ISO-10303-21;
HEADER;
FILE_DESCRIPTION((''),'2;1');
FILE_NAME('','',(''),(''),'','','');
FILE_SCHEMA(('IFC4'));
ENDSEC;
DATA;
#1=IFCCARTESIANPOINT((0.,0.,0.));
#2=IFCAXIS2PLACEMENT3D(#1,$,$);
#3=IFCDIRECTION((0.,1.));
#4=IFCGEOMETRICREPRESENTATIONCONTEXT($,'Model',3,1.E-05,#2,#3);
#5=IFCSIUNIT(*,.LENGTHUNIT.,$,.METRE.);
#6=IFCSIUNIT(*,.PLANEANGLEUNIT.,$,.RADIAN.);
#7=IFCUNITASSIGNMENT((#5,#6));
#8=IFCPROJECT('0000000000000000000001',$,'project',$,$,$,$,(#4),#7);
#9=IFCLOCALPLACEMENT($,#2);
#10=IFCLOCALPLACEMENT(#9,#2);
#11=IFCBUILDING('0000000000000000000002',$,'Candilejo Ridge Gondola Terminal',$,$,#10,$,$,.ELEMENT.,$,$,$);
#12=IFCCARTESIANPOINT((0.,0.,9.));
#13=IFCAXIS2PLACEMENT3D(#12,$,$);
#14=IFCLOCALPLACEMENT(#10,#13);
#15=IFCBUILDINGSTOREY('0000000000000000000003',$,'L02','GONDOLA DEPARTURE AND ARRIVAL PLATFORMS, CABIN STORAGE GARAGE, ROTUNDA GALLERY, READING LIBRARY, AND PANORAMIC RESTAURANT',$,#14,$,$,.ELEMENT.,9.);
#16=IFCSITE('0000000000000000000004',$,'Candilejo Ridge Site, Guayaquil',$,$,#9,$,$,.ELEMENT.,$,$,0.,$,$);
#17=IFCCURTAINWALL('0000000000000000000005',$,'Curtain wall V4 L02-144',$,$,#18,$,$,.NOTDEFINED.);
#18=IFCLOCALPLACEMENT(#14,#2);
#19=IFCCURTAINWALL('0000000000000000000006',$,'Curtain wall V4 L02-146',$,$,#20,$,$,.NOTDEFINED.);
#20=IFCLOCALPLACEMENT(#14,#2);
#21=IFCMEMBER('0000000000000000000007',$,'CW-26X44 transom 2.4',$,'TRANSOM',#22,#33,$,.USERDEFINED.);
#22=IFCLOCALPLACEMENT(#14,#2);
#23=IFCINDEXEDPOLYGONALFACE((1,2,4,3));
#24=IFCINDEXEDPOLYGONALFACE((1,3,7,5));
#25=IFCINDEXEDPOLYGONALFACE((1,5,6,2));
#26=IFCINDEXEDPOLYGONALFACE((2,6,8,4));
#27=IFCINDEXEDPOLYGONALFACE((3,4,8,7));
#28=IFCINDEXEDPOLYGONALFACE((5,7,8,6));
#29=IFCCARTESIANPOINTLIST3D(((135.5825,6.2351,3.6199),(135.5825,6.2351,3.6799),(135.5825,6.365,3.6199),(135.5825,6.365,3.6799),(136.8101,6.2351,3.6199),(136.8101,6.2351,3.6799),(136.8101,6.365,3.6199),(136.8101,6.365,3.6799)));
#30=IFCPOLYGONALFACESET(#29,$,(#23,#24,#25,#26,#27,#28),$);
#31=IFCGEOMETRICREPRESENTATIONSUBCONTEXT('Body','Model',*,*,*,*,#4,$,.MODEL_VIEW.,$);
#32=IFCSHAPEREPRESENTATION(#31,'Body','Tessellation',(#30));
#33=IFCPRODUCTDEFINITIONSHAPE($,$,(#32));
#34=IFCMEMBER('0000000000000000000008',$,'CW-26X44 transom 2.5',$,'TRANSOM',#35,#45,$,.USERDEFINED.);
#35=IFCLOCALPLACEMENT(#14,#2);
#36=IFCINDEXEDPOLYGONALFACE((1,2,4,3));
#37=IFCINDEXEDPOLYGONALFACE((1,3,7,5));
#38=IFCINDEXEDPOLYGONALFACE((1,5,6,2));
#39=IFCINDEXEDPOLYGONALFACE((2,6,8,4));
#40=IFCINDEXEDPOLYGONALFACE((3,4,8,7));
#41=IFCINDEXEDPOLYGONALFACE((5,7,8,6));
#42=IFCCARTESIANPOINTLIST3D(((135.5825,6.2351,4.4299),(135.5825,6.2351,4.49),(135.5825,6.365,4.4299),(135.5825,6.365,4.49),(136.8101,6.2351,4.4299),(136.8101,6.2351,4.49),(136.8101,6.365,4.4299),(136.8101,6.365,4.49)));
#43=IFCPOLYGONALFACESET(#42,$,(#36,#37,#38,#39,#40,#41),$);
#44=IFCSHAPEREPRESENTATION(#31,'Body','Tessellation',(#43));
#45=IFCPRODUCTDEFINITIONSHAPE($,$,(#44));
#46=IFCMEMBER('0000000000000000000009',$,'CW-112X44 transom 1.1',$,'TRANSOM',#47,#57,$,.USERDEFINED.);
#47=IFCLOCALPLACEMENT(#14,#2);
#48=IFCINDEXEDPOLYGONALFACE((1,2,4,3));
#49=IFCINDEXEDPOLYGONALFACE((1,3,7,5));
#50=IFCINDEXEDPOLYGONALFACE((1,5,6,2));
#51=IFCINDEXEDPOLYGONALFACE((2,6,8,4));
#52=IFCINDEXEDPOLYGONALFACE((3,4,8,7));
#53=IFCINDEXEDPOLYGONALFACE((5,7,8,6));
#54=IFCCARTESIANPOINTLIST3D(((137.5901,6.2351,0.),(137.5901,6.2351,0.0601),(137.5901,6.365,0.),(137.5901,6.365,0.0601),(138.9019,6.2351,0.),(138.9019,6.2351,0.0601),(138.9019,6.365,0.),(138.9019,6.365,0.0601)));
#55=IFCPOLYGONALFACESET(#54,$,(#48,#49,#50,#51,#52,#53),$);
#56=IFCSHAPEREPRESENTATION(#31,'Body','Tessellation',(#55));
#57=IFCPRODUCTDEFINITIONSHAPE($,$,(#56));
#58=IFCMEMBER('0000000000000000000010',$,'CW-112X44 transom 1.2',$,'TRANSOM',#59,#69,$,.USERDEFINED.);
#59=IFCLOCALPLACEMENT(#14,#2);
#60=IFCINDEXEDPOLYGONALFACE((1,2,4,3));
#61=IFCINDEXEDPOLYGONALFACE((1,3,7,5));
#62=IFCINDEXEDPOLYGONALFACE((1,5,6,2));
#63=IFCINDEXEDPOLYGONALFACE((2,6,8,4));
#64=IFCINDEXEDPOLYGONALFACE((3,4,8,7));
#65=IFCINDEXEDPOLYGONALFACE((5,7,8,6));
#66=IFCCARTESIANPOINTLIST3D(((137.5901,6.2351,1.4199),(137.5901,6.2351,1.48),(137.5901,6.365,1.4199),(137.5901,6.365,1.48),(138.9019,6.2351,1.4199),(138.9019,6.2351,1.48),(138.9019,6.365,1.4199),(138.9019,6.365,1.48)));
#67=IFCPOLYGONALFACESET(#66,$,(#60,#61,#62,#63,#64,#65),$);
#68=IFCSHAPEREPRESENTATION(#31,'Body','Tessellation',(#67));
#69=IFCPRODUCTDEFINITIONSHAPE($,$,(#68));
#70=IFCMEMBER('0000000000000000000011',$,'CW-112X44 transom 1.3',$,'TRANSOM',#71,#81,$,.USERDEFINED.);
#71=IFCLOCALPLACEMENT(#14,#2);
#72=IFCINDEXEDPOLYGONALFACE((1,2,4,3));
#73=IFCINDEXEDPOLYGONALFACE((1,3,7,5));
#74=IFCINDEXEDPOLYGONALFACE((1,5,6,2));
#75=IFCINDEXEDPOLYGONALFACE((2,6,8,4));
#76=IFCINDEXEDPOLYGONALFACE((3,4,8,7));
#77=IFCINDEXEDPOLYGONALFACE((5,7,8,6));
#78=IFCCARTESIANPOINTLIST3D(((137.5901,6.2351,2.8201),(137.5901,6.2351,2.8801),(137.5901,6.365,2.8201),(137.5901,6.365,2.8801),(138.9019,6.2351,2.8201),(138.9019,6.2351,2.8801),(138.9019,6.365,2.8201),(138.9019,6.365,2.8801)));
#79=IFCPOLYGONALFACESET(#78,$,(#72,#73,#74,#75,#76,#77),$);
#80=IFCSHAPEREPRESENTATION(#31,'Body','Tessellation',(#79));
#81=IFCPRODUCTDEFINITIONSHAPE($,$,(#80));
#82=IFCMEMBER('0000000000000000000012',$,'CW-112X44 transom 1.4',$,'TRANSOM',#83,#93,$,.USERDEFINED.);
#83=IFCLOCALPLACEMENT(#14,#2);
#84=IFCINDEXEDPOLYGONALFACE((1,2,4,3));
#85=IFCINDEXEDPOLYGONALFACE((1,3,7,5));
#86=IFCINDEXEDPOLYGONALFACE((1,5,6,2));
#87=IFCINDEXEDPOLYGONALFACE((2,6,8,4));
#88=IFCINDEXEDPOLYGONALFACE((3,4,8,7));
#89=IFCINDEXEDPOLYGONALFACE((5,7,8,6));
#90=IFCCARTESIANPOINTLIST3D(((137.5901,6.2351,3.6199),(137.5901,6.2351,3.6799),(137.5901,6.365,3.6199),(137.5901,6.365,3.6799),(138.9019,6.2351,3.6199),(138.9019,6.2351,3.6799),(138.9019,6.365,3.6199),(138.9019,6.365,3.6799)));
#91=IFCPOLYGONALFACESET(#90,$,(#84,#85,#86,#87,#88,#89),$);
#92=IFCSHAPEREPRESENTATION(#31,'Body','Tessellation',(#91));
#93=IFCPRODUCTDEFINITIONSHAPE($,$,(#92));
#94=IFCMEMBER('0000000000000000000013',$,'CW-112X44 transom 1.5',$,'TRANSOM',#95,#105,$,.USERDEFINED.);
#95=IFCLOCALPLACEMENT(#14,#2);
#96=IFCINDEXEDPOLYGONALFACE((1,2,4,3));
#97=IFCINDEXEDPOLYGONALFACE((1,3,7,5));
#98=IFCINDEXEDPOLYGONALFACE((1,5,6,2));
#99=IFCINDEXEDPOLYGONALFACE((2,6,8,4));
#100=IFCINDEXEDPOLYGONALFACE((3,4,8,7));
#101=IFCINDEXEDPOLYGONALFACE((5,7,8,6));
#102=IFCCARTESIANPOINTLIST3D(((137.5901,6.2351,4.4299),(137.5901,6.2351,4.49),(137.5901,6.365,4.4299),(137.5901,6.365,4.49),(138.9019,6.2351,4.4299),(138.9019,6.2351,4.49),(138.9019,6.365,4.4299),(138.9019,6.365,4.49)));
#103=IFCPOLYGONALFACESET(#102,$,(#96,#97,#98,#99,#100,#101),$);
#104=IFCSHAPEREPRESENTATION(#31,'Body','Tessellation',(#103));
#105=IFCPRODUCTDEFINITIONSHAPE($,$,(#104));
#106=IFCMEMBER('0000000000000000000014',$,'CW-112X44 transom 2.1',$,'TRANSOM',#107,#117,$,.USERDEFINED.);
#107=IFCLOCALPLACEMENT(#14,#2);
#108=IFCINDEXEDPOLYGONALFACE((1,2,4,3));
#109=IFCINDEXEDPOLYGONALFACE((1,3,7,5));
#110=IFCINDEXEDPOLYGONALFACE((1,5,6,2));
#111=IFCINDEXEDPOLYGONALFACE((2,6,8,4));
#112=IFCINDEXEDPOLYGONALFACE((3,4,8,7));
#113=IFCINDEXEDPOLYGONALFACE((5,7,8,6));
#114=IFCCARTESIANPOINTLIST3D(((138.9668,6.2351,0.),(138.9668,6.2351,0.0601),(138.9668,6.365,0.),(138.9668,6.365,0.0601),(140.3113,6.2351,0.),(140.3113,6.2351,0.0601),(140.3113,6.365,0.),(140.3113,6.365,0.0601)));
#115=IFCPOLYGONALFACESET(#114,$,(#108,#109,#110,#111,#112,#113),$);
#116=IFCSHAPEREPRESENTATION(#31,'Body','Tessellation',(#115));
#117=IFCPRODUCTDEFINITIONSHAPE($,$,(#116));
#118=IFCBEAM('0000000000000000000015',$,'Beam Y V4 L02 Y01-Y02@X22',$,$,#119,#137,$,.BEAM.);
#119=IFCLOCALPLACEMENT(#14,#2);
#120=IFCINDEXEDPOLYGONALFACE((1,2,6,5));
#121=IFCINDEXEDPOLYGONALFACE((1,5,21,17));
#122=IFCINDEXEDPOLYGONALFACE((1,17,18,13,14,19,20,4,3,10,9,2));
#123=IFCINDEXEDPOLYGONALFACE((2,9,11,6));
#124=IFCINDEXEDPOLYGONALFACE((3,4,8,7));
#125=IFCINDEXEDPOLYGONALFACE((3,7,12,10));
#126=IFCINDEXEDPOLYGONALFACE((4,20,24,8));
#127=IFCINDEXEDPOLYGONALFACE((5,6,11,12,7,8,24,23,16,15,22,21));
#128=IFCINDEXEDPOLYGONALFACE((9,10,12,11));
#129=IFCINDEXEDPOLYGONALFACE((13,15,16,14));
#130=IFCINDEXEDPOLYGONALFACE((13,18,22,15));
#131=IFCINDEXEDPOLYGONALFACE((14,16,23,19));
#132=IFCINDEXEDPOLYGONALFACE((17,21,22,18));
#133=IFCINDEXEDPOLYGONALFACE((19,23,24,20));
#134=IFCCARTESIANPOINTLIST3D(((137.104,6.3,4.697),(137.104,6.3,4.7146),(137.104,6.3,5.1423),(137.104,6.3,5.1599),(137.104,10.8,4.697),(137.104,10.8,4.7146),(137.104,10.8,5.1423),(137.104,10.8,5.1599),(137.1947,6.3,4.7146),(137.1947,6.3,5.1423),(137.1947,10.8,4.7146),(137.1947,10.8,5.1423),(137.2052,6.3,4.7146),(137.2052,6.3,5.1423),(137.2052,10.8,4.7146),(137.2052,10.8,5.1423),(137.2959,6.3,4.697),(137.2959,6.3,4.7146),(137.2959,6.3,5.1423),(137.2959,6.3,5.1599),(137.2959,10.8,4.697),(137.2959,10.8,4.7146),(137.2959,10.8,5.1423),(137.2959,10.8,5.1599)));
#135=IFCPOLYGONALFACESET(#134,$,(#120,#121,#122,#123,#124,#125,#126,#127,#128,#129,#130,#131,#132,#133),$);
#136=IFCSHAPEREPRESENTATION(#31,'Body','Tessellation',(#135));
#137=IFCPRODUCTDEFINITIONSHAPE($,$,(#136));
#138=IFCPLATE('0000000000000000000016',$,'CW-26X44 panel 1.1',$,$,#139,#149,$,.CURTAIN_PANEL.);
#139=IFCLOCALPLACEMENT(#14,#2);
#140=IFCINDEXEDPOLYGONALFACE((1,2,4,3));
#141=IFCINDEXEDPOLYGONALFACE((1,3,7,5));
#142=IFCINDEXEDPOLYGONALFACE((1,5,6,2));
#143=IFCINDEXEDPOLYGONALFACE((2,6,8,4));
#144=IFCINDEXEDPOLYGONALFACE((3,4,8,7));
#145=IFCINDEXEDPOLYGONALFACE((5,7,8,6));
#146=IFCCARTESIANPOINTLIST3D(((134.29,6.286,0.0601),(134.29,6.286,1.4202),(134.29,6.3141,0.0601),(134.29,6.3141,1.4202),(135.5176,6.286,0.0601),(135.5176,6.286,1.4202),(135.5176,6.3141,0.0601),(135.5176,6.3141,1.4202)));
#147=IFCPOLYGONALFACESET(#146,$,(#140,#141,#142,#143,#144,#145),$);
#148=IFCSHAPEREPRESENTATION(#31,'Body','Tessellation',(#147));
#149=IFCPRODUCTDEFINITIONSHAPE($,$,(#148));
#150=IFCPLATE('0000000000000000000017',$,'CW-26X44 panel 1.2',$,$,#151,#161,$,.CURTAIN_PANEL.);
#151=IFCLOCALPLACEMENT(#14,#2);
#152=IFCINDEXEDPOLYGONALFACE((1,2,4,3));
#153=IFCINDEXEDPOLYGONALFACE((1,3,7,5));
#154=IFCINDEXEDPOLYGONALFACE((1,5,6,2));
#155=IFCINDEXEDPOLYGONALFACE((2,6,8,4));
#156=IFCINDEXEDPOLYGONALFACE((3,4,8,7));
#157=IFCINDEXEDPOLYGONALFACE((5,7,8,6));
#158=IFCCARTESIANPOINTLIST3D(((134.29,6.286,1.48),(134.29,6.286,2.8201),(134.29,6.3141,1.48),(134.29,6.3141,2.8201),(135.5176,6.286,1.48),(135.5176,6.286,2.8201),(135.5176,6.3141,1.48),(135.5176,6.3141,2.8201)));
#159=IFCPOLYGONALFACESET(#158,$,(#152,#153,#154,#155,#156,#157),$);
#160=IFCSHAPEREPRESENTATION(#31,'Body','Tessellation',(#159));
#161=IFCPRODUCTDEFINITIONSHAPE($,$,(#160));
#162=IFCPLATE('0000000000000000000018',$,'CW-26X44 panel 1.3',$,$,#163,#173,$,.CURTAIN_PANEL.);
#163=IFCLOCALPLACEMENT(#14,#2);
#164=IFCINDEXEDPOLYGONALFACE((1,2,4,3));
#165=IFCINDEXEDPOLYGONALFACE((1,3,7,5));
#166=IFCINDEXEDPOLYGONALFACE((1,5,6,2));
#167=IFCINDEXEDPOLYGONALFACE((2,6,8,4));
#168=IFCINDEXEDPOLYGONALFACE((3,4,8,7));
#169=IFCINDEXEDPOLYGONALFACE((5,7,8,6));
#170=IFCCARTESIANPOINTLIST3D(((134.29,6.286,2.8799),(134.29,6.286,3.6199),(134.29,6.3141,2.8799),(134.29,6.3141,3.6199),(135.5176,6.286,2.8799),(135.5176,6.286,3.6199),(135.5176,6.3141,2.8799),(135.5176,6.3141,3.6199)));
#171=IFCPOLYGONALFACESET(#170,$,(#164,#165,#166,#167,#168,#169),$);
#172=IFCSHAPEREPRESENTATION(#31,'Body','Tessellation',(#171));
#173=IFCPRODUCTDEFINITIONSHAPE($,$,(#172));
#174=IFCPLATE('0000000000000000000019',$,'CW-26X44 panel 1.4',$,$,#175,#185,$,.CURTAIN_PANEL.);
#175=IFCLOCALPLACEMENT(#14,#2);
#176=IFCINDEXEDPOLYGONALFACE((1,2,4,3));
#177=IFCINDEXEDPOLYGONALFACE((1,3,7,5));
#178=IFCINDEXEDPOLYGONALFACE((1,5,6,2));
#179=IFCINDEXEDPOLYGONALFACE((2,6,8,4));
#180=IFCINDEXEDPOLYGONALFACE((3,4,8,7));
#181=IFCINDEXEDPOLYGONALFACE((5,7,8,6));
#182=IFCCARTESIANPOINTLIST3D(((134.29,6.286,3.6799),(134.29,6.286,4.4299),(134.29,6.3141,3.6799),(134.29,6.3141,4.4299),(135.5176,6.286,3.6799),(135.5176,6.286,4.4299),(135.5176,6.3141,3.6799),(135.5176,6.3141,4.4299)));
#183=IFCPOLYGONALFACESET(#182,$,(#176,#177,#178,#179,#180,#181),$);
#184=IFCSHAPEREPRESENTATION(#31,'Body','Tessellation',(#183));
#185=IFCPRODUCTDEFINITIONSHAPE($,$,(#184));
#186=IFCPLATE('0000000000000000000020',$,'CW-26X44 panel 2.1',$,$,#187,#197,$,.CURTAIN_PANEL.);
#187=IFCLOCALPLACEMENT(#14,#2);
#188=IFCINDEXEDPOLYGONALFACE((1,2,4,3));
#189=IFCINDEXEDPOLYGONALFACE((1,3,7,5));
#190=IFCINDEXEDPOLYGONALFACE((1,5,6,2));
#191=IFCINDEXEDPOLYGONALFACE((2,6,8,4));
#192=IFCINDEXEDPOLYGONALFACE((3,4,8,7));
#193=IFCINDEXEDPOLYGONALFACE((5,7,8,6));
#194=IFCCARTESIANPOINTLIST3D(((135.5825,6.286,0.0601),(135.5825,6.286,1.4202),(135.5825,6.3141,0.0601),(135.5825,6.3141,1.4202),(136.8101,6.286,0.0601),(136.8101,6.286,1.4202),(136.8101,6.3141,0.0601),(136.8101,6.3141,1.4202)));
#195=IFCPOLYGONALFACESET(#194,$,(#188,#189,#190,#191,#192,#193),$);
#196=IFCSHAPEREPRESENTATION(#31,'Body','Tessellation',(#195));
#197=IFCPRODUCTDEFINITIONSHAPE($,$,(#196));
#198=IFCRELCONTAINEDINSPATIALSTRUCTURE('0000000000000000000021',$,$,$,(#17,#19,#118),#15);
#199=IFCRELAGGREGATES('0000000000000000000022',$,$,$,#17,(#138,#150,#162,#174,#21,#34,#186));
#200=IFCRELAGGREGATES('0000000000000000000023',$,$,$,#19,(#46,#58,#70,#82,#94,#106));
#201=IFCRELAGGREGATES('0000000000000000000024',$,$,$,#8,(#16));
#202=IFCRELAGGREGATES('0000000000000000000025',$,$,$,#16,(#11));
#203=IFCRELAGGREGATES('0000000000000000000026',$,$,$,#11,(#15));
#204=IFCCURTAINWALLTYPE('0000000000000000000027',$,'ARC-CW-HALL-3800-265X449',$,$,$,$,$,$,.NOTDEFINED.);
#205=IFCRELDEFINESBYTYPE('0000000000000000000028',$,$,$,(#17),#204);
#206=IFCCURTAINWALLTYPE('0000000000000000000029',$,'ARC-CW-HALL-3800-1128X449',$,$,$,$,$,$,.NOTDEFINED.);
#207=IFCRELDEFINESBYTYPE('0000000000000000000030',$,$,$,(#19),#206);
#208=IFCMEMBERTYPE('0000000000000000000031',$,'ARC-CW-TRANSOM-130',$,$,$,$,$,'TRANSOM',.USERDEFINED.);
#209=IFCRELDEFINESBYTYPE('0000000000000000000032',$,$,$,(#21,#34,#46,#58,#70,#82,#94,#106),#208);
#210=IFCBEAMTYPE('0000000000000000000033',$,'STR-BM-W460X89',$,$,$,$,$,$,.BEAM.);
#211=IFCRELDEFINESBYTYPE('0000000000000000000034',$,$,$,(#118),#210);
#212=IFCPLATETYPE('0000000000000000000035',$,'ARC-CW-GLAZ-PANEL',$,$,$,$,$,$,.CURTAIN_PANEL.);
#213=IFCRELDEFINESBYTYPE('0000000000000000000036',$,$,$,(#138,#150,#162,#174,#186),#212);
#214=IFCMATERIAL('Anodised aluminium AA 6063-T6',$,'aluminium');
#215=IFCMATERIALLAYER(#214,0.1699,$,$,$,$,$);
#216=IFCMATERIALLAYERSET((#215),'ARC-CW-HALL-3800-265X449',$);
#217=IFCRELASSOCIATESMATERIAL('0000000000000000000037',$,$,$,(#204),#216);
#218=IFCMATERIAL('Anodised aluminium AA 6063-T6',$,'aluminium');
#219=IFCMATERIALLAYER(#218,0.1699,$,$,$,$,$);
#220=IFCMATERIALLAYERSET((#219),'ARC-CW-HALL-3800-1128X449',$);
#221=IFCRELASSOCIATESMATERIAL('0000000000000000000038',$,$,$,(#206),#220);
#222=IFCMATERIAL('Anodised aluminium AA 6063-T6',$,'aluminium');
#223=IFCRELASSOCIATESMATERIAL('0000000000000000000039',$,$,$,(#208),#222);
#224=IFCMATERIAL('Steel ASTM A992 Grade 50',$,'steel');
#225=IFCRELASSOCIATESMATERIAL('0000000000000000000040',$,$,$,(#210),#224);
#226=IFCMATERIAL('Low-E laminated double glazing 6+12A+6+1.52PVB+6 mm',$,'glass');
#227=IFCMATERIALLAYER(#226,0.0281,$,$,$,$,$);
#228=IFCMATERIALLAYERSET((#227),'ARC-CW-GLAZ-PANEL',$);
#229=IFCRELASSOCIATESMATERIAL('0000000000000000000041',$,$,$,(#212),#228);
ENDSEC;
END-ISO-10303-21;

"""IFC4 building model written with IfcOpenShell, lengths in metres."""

from ifc_helpers import new_model, si_unit, direction, frame, origin, origin_2d, place, context, subcontext, project, spatial, rectangle, i_section, extrude, material, layer, layer_set, material_profile, profile_set, type_object, element, aggregate, save


model = new_model("IFC4")

# Units and contexts
model_context = context("Model", 3, precision=1e-05, world=origin(), true_north=direction((0.0, 1.0)))
body_context = subcontext(model_context, "Body", "Model", "MODEL_VIEW")
ifc_project = project(units=[si_unit("LENGTHUNIT", "METRE"), si_unit("PLANEANGLEUNIT", "RADIAN")], contexts=[model_context])

# Site, building, storey
site_placement = place(None, origin())
site = spatial("IfcSite", under=ifc_project, at=site_placement, Name="Candilejo Ridge Site, Guayaquil", CompositionType="ELEMENT", RefElevation=0.0)
building_placement = place(site_placement, origin())
building = spatial("IfcBuilding", under=site, at=building_placement, Name="Candilejo Ridge Gondola Terminal", CompositionType="ELEMENT")
storey_placement = place(building_placement, frame((0.0, 0.0, 9.0)))
storey = spatial("IfcBuildingStorey", under=building, at=storey_placement, Name="L02", Description="GONDOLA DEPARTURE AND ARRIVAL PLATFORMS, CABIN STORAGE GARAGE, ROTUNDA GALLERY, READING LIBRARY, AND PANORAMIC RESTAURANT", CompositionType="ELEMENT", Elevation=9.0)

# Curtain walls
ifc_material_1 = material(Name="Anodised aluminium AA 6063-T6", Category="aluminium")
ifc_layer_1 = layer(ifc_material_1, 0.1699)
ifc_layer_set_1 = layer_set([ifc_layer_1], Name="ARC-CW-HALL-3800-265X449")
curtain_wall_type_1 = type_object("IfcCurtainWallType", Name="ARC-CW-HALL-3800-265X449", PredefinedType="NOTDEFINED", material=ifc_layer_set_1)
curtain_wall_1_placement = place(storey_placement, origin())
curtain_wall_1 = element("IfcCurtainWall", 1, at=curtain_wall_1_placement, inside=storey, type_object=curtain_wall_type_1, Name="Curtain wall V4 L02-144", PredefinedType="NOTDEFINED")
ifc_material_2 = material(Name="Anodised aluminium AA 6063-T6", Category="aluminium")
ifc_layer_2 = layer(ifc_material_2, 0.1699)
ifc_layer_set_2 = layer_set([ifc_layer_2], Name="ARC-CW-HALL-3800-1128X449")
curtain_wall_type_2 = type_object("IfcCurtainWallType", Name="ARC-CW-HALL-3800-1128X449", PredefinedType="NOTDEFINED", material=ifc_layer_set_2)
curtain_wall_2_placement = place(storey_placement, origin())
curtain_wall_2 = element("IfcCurtainWall", 2, at=curtain_wall_2_placement, inside=storey, type_object=curtain_wall_type_2, Name="Curtain wall V4 L02-146", PredefinedType="NOTDEFINED")

# Members
ifc_material_3 = material(Name="Anodised aluminium AA 6063-T6", Category="aluminium")
ifc_material_profile_1 = material_profile(ifc_material_3, rectangle(XDim=0.1299, YDim=0.0601, at=origin_2d()))
ifc_profile_set_1 = profile_set([ifc_material_profile_1], Name="Anodised aluminium AA 6063-T6")
member_type_1 = type_object("IfcMemberType", Name="ARC-CW-TRANSOM-130", ElementType="TRANSOM", PredefinedType="USERDEFINED", material=ifc_profile_set_1)
member_1_placement = place(storey_placement, frame((135.5825, 6.3, 3.6499), z_axis=(1.0, 0.0, 0.0), x_axis=(0.0, 1.0, 0.0)))
member_1 = element("IfcMember", 3, at=member_1_placement, type_object=member_type_1, Name="CW-26X44 transom 2.4", ObjectType="TRANSOM", PredefinedType="USERDEFINED", context=body_context, shape_type="SweptSolid", body=[
    extrude(rectangle(XDim=0.1299, YDim=0.0601, at=origin_2d()), origin(), (0.0, 0.0, 1.0), 1.2275),
])
member_2_placement = place(storey_placement, frame((135.5825, 6.3, 4.46), z_axis=(1.0, 0.0, 0.0), x_axis=(0.0, 1.0, 0.0)))
member_2 = element("IfcMember", 4, at=member_2_placement, type_object=member_type_1, Name="CW-26X44 transom 2.5", ObjectType="TRANSOM", PredefinedType="USERDEFINED", context=body_context, shape_type="SweptSolid", body=[
    extrude(rectangle(XDim=0.1299, YDim=0.0601, at=origin_2d()), origin(), (0.0, 0.0, 1.0), 1.2275),
])
member_3_placement = place(storey_placement, frame((137.5901, 6.3, 0.03), z_axis=(1.0, 0.0, 0.0), x_axis=(0.0, 1.0, 0.0)))
member_3 = element("IfcMember", 5, at=member_3_placement, type_object=member_type_1, Name="CW-112X44 transom 1.1", ObjectType="TRANSOM", PredefinedType="USERDEFINED", context=body_context, shape_type="SweptSolid", body=[
    extrude(rectangle(XDim=0.1299, YDim=0.0601, at=origin_2d()), origin(), (0.0, 0.0, 1.0), 1.3118),
])
member_4_placement = place(storey_placement, frame((137.5901, 6.3, 1.45), z_axis=(1.0, 0.0, 0.0), x_axis=(0.0, 1.0, 0.0)))
member_4 = element("IfcMember", 6, at=member_4_placement, type_object=member_type_1, Name="CW-112X44 transom 1.2", ObjectType="TRANSOM", PredefinedType="USERDEFINED", context=body_context, shape_type="SweptSolid", body=[
    extrude(rectangle(XDim=0.1299, YDim=0.0601, at=origin_2d()), origin(), (0.0, 0.0, 1.0), 1.3118),
])
member_5_placement = place(storey_placement, frame((137.5901, 6.3, 2.8501), z_axis=(1.0, 0.0, 0.0), x_axis=(0.0, 1.0, 0.0)))
member_5 = element("IfcMember", 7, at=member_5_placement, type_object=member_type_1, Name="CW-112X44 transom 1.3", ObjectType="TRANSOM", PredefinedType="USERDEFINED", context=body_context, shape_type="SweptSolid", body=[
    extrude(rectangle(XDim=0.1299, YDim=0.0601, at=origin_2d()), origin(), (0.0, 0.0, 1.0), 1.3118),
])
member_6_placement = place(storey_placement, frame((137.5901, 6.3, 3.6499), z_axis=(1.0, 0.0, 0.0), x_axis=(0.0, 1.0, 0.0)))
member_6 = element("IfcMember", 8, at=member_6_placement, type_object=member_type_1, Name="CW-112X44 transom 1.4", ObjectType="TRANSOM", PredefinedType="USERDEFINED", context=body_context, shape_type="SweptSolid", body=[
    extrude(rectangle(XDim=0.1299, YDim=0.0601, at=origin_2d()), origin(), (0.0, 0.0, 1.0), 1.3118),
])
member_7_placement = place(storey_placement, frame((137.5901, 6.3, 4.46), z_axis=(1.0, 0.0, 0.0), x_axis=(0.0, 1.0, 0.0)))
member_7 = element("IfcMember", 9, at=member_7_placement, type_object=member_type_1, Name="CW-112X44 transom 1.5", ObjectType="TRANSOM", PredefinedType="USERDEFINED", context=body_context, shape_type="SweptSolid", body=[
    extrude(rectangle(XDim=0.1299, YDim=0.0601, at=origin_2d()), origin(), (0.0, 0.0, 1.0), 1.3118),
])
member_8_placement = place(storey_placement, frame((138.9668, 6.3, 0.03), z_axis=(1.0, 0.0, 0.0), x_axis=(0.0, 1.0, 0.0)))
member_8 = element("IfcMember", 10, at=member_8_placement, type_object=member_type_1, Name="CW-112X44 transom 2.1", ObjectType="TRANSOM", PredefinedType="USERDEFINED", context=body_context, shape_type="SweptSolid", body=[
    extrude(rectangle(XDim=0.1299, YDim=0.0601, at=origin_2d()), origin(), (0.0, 0.0, 1.0), 1.3445),
])

# Beam
ifc_material_4 = material(Name="Steel ASTM A992 Grade 50", Category="steel")
ifc_material_profile_2 = material_profile(ifc_material_4, i_section(OverallWidth=0.1919, OverallDepth=0.4629, WebThickness=0.0105, FlangeThickness=0.0176, at=origin_2d()))
ifc_profile_set_2 = profile_set([ifc_material_profile_2], Name="Steel ASTM A992 Grade 50")
beam_type = type_object("IfcBeamType", Name="STR-BM-W460X89", PredefinedType="BEAM", material=ifc_profile_set_2)
beam_placement = place(storey_placement, frame((137.2, 6.3, 4.9285), z_axis=(0.0, 1.0, 0.0), x_axis=(-1.0, 0.0, 0.0)))
element("IfcBeam", 11, at=beam_placement, inside=storey, type_object=beam_type, Name="Beam Y V4 L02 Y01-Y02@X22", PredefinedType="BEAM", context=body_context, shape_type="SweptSolid", body=[
    extrude(i_section(OverallWidth=0.1919, OverallDepth=0.4629, WebThickness=0.0105, FlangeThickness=0.0176, at=origin_2d()), origin(), (0.0, 0.0, 1.0), 4.5),
])

# Plates
ifc_material_5 = material(Name="Low-E laminated double glazing 6+12A+6+1.52PVB+6 mm", Category="glass")
ifc_layer_3 = layer(ifc_material_5, 0.0281)
ifc_layer_set_3 = layer_set([ifc_layer_3], Name="ARC-CW-GLAZ-PANEL")
plate_type = type_object("IfcPlateType", Name="ARC-CW-GLAZ-PANEL", PredefinedType="CURTAIN_PANEL", material=ifc_layer_set_3)
plate_1_placement = place(storey_placement, frame((134.9038, 6.3, 0.0601), z_axis=(0.0, 0.0, 1.0), x_axis=(1.0, 0.0, 0.0)))
plate_1 = element("IfcPlate", 12, at=plate_1_placement, type_object=plate_type, Name="CW-26X44 panel 1.1", PredefinedType="CURTAIN_PANEL", context=body_context, shape_type="SweptSolid", body=[
    extrude(rectangle(XDim=1.2275, YDim=0.0281, at=origin_2d()), origin(), (0.0, 0.0, 1.0), 1.3601),
])
plate_2_placement = place(storey_placement, frame((134.9038, 6.3, 1.48), z_axis=(0.0, 0.0, 1.0), x_axis=(1.0, 0.0, 0.0)))
plate_2 = element("IfcPlate", 13, at=plate_2_placement, type_object=plate_type, Name="CW-26X44 panel 1.2", PredefinedType="CURTAIN_PANEL", context=body_context, shape_type="SweptSolid", body=[
    extrude(rectangle(XDim=1.2275, YDim=0.0281, at=origin_2d()), origin(), (0.0, 0.0, 1.0), 1.3401),
])
plate_3_placement = place(storey_placement, frame((134.9038, 6.3, 2.8799), z_axis=(0.0, 0.0, 1.0), x_axis=(1.0, 0.0, 0.0)))
plate_3 = element("IfcPlate", 14, at=plate_3_placement, type_object=plate_type, Name="CW-26X44 panel 1.3", PredefinedType="CURTAIN_PANEL", context=body_context, shape_type="SweptSolid", body=[
    extrude(rectangle(XDim=1.2275, YDim=0.0281, at=origin_2d()), origin(), (0.0, 0.0, 1.0), 0.74),
])
plate_4_placement = place(storey_placement, frame((134.9038, 6.3, 3.6799), z_axis=(0.0, 0.0, 1.0), x_axis=(1.0, 0.0, 0.0)))
plate_4 = element("IfcPlate", 15, at=plate_4_placement, type_object=plate_type, Name="CW-26X44 panel 1.4", PredefinedType="CURTAIN_PANEL", context=body_context, shape_type="SweptSolid", body=[
    extrude(rectangle(XDim=1.2275, YDim=0.0281, at=origin_2d()), origin(), (0.0, 0.0, 1.0), 0.75),
])
plate_5_placement = place(storey_placement, frame((136.1963, 6.3, 0.0601), z_axis=(0.0, 0.0, 1.0), x_axis=(1.0, 0.0, 0.0)))
plate_5 = element("IfcPlate", 16, at=plate_5_placement, type_object=plate_type, Name="CW-26X44 panel 2.1", PredefinedType="CURTAIN_PANEL", context=body_context, shape_type="SweptSolid", body=[
    extrude(rectangle(XDim=1.2275, YDim=0.0281, at=origin_2d()), origin(), (0.0, 0.0, 1.0), 1.3601),
])
aggregate(curtain_wall_1, [plate_1, plate_2, plate_3, plate_4, member_1, member_2, plate_5])
aggregate(curtain_wall_2, [member_3, member_4, member_5, member_6, member_7, member_8])

save(model, "model.ifc")
